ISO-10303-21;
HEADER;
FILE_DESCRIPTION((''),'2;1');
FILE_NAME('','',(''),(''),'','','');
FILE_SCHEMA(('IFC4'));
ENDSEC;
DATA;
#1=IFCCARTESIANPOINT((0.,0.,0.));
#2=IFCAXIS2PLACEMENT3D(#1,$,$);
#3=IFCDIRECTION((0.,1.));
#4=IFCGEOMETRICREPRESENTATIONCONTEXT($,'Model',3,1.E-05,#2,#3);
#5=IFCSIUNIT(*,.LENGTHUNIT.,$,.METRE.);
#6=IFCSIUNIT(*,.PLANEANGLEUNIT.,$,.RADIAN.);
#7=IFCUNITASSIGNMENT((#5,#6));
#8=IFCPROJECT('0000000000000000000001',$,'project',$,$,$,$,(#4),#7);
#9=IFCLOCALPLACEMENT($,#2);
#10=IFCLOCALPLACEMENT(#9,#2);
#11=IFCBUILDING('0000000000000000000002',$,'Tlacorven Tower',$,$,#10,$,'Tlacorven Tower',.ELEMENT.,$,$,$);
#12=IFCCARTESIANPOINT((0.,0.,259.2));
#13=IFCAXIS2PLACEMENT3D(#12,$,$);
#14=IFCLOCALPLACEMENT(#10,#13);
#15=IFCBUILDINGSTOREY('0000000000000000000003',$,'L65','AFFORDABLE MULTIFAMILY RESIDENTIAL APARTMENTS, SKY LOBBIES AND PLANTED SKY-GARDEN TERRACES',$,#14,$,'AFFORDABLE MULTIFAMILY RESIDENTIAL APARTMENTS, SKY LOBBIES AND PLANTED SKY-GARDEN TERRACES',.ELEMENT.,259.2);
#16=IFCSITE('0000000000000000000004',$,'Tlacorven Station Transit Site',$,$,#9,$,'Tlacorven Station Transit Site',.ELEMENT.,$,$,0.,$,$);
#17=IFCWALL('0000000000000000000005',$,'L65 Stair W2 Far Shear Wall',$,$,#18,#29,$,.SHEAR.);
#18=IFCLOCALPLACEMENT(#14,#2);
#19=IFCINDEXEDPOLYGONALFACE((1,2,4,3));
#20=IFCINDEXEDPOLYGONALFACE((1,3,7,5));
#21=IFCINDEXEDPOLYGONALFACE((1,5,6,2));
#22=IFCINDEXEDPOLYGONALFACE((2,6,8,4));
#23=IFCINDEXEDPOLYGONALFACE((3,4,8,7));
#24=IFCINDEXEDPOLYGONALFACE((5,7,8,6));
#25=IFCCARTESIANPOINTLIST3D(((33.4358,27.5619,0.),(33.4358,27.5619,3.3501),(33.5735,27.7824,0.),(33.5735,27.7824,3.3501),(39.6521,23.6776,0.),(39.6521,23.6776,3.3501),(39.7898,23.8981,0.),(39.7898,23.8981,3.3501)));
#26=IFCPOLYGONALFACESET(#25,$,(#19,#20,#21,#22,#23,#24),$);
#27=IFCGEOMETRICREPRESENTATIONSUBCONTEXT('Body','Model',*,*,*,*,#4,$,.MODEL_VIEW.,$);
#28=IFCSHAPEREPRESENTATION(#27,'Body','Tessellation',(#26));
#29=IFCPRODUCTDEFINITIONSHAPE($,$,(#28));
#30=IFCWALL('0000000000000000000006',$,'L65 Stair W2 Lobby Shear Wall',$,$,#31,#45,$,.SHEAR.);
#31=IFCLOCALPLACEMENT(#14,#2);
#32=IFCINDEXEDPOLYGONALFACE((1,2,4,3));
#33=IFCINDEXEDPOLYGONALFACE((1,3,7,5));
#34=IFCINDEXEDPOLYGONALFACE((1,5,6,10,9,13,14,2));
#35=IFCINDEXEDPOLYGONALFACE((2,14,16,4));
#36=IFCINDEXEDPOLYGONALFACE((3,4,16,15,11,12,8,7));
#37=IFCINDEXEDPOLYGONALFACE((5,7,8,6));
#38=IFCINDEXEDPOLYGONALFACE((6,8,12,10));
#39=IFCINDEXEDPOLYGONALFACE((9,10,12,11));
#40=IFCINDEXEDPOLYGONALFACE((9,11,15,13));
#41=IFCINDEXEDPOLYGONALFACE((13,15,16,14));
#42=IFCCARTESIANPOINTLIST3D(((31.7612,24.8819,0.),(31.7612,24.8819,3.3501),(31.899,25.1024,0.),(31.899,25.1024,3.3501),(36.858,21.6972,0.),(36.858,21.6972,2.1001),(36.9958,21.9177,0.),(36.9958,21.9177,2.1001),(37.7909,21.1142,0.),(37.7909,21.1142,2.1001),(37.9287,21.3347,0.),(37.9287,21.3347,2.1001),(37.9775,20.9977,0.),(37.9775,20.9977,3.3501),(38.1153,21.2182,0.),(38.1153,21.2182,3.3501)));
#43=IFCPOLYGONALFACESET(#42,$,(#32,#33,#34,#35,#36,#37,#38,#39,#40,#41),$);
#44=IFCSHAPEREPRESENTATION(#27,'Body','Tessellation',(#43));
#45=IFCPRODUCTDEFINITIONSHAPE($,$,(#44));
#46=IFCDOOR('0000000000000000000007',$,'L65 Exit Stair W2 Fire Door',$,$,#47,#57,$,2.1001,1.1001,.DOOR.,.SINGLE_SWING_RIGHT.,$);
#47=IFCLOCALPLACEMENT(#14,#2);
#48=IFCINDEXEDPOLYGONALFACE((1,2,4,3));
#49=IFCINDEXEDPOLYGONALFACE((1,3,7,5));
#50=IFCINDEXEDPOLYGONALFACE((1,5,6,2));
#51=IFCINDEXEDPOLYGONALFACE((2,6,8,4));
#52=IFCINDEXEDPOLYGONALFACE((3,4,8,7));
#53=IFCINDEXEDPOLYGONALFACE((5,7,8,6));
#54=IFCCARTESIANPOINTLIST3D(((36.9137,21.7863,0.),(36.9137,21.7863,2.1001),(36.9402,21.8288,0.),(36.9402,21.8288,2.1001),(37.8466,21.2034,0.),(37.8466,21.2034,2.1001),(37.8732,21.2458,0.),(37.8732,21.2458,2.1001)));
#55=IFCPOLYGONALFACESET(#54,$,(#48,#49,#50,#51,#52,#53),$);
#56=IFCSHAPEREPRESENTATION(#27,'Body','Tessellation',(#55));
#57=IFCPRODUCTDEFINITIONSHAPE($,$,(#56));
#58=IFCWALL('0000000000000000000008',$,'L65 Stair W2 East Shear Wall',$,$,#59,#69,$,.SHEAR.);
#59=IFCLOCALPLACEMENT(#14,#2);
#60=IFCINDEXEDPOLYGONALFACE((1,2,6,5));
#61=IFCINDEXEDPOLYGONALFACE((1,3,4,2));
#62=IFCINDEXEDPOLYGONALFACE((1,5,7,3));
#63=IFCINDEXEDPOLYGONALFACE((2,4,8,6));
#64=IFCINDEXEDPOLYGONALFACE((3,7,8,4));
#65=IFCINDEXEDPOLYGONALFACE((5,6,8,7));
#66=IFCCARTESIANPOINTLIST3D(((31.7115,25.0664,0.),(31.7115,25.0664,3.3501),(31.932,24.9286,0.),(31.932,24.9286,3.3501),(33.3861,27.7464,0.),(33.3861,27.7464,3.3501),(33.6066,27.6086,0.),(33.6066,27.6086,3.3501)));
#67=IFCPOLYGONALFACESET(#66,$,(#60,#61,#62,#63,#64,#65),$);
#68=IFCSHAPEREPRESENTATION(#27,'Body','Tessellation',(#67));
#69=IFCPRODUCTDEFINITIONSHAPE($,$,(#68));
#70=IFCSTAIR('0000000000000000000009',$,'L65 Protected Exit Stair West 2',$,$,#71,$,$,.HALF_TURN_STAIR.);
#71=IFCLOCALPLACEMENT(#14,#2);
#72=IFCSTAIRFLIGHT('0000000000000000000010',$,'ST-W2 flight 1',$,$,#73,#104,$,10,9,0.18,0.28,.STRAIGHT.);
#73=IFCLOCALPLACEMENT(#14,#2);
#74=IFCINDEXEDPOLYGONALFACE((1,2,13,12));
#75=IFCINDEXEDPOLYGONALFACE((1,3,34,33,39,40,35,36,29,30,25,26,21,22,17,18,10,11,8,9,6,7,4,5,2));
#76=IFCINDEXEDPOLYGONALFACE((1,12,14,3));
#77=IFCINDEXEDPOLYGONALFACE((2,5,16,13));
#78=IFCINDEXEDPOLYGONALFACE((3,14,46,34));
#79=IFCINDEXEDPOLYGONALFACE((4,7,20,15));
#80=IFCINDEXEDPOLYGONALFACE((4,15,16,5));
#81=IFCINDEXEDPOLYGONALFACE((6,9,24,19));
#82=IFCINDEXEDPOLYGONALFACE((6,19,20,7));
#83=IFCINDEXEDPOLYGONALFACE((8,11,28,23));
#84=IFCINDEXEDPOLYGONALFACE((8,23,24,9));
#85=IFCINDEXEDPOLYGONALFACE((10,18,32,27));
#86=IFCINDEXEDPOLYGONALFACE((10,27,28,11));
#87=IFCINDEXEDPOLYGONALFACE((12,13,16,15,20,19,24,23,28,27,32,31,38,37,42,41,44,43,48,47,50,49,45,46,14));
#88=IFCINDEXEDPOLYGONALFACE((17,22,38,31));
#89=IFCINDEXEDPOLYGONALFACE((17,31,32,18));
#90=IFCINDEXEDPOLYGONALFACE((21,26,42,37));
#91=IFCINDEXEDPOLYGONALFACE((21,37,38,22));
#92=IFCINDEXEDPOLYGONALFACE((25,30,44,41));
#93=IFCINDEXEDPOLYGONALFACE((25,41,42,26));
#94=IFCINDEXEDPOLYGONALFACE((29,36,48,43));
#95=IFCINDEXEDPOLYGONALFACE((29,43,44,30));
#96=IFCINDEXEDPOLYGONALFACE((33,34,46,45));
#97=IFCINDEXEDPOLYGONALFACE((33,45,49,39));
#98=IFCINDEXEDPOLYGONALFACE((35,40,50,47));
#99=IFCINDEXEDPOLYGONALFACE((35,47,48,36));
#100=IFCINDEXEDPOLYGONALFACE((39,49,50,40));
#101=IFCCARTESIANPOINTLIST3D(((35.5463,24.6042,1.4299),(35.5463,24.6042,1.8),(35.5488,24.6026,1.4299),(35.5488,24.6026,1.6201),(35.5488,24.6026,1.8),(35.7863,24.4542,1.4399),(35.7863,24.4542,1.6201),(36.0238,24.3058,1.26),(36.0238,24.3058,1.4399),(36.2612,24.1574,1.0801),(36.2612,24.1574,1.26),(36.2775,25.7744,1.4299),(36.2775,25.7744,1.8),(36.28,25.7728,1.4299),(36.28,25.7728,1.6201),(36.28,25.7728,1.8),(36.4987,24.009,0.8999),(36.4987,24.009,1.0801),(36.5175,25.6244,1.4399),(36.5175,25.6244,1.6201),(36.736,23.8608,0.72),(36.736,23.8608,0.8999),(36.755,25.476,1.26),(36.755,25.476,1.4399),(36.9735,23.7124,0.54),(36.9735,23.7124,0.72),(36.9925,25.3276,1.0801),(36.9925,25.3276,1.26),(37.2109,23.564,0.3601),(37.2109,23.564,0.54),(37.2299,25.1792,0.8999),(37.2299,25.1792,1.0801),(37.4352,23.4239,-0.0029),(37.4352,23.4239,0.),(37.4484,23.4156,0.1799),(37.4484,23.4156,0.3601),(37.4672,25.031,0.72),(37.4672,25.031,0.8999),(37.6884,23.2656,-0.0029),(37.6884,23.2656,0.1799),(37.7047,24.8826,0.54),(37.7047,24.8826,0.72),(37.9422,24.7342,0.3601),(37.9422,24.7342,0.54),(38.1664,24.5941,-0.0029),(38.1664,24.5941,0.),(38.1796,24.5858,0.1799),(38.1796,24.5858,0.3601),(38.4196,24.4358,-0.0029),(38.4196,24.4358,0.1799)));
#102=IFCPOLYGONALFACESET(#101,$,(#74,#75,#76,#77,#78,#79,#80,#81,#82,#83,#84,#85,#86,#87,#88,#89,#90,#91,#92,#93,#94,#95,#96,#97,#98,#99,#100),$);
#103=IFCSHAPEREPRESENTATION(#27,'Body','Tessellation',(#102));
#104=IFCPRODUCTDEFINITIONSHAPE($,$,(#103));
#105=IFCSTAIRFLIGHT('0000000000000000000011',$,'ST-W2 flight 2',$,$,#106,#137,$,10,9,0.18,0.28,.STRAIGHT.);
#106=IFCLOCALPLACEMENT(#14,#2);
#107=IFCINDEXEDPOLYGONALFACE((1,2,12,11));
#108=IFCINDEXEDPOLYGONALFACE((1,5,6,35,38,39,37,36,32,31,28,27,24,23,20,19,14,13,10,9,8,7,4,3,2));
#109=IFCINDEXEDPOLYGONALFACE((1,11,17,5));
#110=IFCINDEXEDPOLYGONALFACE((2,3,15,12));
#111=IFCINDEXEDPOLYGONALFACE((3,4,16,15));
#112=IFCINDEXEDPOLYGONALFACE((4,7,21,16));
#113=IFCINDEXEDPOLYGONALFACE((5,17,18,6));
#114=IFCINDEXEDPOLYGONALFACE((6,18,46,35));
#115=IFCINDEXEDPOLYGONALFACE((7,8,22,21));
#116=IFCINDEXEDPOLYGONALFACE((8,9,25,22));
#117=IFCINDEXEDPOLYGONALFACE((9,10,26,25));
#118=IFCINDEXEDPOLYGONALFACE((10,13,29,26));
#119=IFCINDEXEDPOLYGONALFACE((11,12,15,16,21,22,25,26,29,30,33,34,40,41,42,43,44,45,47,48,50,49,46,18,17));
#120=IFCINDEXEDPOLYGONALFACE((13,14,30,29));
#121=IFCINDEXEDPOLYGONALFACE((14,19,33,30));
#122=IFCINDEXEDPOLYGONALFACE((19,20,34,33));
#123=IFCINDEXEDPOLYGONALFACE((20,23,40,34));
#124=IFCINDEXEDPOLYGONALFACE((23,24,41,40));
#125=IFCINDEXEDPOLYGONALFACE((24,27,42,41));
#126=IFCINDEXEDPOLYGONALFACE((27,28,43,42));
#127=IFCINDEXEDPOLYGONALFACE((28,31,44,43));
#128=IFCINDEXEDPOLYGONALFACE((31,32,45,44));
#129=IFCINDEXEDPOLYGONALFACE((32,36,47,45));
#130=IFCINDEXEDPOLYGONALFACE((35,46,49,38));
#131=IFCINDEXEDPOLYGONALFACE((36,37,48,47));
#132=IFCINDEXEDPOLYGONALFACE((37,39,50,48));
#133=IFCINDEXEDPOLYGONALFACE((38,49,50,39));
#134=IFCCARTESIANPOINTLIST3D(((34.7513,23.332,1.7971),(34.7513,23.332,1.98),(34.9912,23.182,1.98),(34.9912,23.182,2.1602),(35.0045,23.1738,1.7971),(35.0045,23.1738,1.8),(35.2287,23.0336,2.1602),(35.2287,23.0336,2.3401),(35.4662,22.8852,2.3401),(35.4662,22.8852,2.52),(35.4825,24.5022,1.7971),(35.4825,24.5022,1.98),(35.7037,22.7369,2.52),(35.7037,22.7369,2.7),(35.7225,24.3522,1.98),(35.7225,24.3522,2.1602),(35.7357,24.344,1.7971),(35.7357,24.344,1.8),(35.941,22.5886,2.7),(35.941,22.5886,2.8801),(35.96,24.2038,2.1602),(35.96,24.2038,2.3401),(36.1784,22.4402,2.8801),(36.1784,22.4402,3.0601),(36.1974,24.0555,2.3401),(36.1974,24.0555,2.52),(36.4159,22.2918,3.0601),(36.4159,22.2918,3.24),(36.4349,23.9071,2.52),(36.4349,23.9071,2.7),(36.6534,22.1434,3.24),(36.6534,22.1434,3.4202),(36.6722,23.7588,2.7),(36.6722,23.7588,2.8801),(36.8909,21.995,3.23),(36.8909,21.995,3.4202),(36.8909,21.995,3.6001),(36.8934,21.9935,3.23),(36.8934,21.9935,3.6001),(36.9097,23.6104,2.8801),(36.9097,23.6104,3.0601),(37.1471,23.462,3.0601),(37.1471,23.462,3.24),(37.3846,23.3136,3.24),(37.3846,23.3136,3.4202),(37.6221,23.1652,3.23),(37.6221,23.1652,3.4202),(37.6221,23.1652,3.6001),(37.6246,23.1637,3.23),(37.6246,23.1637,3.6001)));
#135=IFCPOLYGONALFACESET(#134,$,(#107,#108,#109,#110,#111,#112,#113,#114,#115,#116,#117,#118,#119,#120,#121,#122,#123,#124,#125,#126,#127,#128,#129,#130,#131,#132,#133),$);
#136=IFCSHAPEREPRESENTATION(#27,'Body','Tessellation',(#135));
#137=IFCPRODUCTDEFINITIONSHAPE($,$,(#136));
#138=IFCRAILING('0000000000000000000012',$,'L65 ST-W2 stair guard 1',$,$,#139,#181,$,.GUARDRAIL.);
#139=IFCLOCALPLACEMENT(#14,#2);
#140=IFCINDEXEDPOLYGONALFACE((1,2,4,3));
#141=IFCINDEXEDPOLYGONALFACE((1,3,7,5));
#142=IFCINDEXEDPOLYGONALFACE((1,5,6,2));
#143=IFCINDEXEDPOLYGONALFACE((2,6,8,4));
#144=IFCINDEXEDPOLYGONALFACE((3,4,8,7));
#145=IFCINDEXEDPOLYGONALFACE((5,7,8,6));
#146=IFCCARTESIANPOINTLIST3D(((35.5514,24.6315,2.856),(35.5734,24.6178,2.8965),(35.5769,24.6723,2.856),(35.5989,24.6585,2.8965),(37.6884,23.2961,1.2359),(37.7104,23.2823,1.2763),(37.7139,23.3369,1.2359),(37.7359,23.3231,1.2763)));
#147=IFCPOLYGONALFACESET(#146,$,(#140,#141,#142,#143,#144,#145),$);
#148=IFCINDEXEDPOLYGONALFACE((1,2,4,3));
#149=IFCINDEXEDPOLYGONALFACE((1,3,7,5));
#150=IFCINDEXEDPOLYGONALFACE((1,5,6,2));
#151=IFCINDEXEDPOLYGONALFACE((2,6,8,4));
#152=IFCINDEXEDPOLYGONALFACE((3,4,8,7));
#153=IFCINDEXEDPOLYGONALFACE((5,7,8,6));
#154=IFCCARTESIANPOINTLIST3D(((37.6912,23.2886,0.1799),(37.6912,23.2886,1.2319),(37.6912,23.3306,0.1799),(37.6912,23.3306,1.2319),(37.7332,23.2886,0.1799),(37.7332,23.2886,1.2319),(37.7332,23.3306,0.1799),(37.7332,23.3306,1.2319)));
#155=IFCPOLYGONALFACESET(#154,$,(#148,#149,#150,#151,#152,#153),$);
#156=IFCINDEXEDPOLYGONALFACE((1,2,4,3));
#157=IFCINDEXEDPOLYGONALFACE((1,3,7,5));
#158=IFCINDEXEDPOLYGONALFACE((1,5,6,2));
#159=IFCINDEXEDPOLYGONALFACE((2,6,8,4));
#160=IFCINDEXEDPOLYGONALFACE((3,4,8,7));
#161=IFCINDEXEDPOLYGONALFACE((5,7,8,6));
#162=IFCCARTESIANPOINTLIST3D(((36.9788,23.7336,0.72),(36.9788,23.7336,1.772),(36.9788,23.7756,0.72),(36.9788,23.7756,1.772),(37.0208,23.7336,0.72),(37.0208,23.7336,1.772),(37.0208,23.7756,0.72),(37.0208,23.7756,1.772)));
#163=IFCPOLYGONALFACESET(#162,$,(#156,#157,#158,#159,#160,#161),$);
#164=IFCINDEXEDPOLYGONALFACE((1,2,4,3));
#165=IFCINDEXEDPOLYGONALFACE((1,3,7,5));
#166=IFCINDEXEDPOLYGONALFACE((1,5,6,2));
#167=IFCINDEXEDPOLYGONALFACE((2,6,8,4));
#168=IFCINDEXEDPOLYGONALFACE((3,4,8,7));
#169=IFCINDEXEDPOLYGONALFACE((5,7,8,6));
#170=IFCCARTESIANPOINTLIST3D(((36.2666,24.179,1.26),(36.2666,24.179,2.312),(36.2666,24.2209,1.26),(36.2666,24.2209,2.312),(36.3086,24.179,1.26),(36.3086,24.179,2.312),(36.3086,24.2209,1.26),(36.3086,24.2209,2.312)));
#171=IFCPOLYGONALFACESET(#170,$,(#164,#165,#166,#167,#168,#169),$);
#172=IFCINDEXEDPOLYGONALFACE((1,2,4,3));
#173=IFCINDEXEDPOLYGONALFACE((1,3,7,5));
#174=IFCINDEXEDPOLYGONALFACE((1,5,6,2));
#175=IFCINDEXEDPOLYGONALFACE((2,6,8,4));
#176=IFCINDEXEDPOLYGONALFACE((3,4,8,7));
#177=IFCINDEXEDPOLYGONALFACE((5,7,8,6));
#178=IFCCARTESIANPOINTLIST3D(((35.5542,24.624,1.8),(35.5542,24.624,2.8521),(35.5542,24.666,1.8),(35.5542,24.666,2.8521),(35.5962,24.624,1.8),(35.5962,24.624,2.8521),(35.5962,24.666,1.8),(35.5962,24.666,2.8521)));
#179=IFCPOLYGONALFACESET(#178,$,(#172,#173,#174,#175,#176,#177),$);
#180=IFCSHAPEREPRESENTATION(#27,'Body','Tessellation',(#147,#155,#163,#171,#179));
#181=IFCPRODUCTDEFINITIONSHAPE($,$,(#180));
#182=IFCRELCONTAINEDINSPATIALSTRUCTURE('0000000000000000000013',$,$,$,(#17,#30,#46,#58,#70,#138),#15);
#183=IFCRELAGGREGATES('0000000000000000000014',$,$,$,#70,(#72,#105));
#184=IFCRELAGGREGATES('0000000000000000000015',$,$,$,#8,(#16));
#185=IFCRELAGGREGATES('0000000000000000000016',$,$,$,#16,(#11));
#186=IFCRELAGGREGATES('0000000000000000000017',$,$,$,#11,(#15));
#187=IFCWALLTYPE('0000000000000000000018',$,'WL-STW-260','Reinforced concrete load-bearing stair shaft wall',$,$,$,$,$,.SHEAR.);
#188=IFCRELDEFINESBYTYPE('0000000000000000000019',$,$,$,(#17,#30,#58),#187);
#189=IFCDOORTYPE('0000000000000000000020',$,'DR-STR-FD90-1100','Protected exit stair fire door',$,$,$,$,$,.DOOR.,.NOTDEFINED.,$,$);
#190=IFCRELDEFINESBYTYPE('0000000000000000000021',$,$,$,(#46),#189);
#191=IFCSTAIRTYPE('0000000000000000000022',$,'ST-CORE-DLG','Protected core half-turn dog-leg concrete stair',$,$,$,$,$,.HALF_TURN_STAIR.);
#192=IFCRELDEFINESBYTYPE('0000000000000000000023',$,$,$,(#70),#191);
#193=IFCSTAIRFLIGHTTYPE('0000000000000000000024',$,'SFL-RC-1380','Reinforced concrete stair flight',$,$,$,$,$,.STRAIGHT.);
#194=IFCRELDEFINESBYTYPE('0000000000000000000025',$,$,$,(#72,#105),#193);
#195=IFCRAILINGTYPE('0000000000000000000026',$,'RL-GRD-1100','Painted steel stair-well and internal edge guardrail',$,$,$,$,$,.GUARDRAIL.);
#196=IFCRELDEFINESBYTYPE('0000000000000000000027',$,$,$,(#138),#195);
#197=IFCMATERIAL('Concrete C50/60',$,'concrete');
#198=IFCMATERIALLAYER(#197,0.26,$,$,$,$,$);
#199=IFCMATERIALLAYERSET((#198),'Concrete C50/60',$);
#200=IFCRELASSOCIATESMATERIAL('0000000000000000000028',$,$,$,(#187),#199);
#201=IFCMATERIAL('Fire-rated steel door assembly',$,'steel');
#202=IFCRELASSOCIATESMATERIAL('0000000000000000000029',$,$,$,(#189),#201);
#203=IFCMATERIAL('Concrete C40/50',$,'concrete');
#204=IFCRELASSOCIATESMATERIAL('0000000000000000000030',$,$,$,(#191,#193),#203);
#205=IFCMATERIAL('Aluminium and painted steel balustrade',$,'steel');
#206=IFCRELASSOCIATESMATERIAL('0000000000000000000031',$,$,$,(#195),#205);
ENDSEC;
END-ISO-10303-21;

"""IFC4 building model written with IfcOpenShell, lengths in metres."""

from ifc_helpers import new_model, si_unit, direction, frame, frame_2d, origin, origin_2d, place, context, subcontext, project, spatial, polyline, rectangle, outline, extrude, source, transform, mapped, material, layer, layer_set, type_object, element, fill, aggregate, save


model = new_model("IFC4")

# Units and contexts
model_context = context("Model", 3, precision=1e-05, world=origin(), true_north=direction((0.0, 1.0)))
body_context = subcontext(model_context, "Body", "Model", "MODEL_VIEW")
ifc_project = project(units=[si_unit("LENGTHUNIT", "METRE"), si_unit("PLANEANGLEUNIT", "RADIAN")], contexts=[model_context])

# Site, building, storey
site_placement = place(None, origin())
site = spatial("IfcSite", under=ifc_project, at=site_placement, Name="Tlacorven Station Transit Site", LongName="Tlacorven Station Transit Site", CompositionType="ELEMENT", RefElevation=0.0)
building_placement = place(site_placement, origin())
building = spatial("IfcBuilding", under=site, at=building_placement, Name="Tlacorven Tower", LongName="Tlacorven Tower", CompositionType="ELEMENT")
storey_placement = place(building_placement, frame((0.0, 0.0, 259.2)))
storey = spatial("IfcBuildingStorey", under=building, at=storey_placement, Name="L65", Description="AFFORDABLE MULTIFAMILY RESIDENTIAL APARTMENTS, SKY LOBBIES AND PLANTED SKY-GARDEN TERRACES", LongName="AFFORDABLE MULTIFAMILY RESIDENTIAL APARTMENTS, SKY LOBBIES AND PLANTED SKY-GARDEN TERRACES", CompositionType="ELEMENT", Elevation=259.2)

# Shared definitions
ifc_material_1 = material(Name="Concrete C50/60", Category="concrete")
ifc_material_2 = material(Name="Concrete C40/50", Category="concrete")

# Shared definitions
ifc_material_3 = material(Name="Fire-rated steel door assembly", Category="steel")

# Wall
ifc_layer_1 = layer(ifc_material_1, 0.26)
ifc_layer_set_1 = layer_set([ifc_layer_1], Name="Concrete C50/60")
wall_type_1 = type_object("IfcWallType", Name="WL-STW-260", Description="Reinforced concrete load-bearing stair shaft wall", PredefinedType="SHEAR", material=ifc_layer_set_1)
wall_1_placement = place(storey_placement, frame((39.7209, 23.7878, 0.0), z_axis=(0.0, 0.0, 1.0), x_axis=(-0.848054, 0.529909, 0.0)))
element("IfcWall", 1, at=wall_1_placement, inside=storey, type_object=wall_type_1, Name="L65 Stair W2 Far Shear Wall", PredefinedType="SHEAR", context=body_context, shape_type="SweptSolid", body=[
    extrude(rectangle(XDim=7.3301, YDim=0.26, at=frame_2d((3.665, 0.0))), origin(), (0.0, 0.0, 1.0), 3.3501),
])

# Wall, opening, door
wall_2_placement = place(storey_placement, frame((38.0464, 21.1079, 0.0), z_axis=(0.0, 0.0, 1.0), x_axis=(-0.848054, 0.529909, 0.0)))
wall_2 = element("IfcWall", 2, at=wall_2_placement, inside=storey, type_object=wall_type_1, Name="L65 Stair W2 Lobby Shear Wall", PredefinedType="SHEAR", context=body_context, shape_type="SweptSolid", body=[
    extrude(rectangle(XDim=7.3301, YDim=0.26, at=frame_2d((3.665, 0.0))), origin(), (0.0, 0.0, 1.0), 3.3501),
])
opening_1_placement = place(wall_2_placement, frame((0.22, 0.0, 0.0)))
opening_1 = element("IfcOpeningElement", 3, at=opening_1_placement, cuts=wall_2, PredefinedType="OPENING", context=body_context, shape_type="SweptSolid", body=[
    extrude(rectangle(XDim=1.1001, YDim=2.1001, at=frame_2d((0.55, 1.05))), frame((0.0, 0.1401, 0.0), z_axis=(0.0, -1.0, 0.0), x_axis=(1.0, 0.0, 0.0)), (0.0, 0.0, 1.0), 0.28),
])
door_type_1 = type_object("IfcDoorType", Name="DR-STR-FD90-1100", Description="Protected exit stair fire door", OperationType="NOTDEFINED", PredefinedType="DOOR", material=ifc_material_3)
shared_shape_1 = source(origin(), body_context, "Body", "SweptSolid", [
    extrude(rectangle(XDim=1.1001, YDim=2.1001, at=frame_2d((0.55, 1.05))), frame((0.0, 0.0249, 0.0), z_axis=(0.0, -1.0, 0.0), x_axis=(1.0, 0.0, 0.0)), (0.0, 0.0, 1.0), 0.05),
])
door_1_placement = place(opening_1_placement, origin())
door_1 = element("IfcDoor", 4, at=door_1_placement, inside=storey, type_object=door_type_1, Name="L65 Exit Stair W2 Fire Door", OperationType="SINGLE_SWING_RIGHT", OverallHeight=2.1001, OverallWidth=1.1001, PredefinedType="DOOR", context=body_context, shape_type="MappedRepresentation", body=[
    mapped(shared_shape_1, transform((0.0, 0.0, 0.0), scale=1.0)),
])
fill(opening_1, door_1)

# Wall
wall_3_placement = place(storey_placement, frame((33.4963, 27.6775, 0.0), z_axis=(0.0, 0.0, 1.0), x_axis=(-0.529909, -0.848055, 0.0)))
element("IfcWall", 5, at=wall_3_placement, inside=storey, type_object=wall_type_1, Name="L65 Stair W2 East Shear Wall", PredefinedType="SHEAR", context=body_context, shape_type="SweptSolid", body=[
    extrude(rectangle(XDim=3.1602, YDim=0.26, at=frame_2d((1.5801, 0.0))), origin(), (0.0, 0.0, 1.0), 3.3501),
])

# Stair, stair flights
stair_type = type_object("IfcStairType", Name="ST-CORE-DLG", Description="Protected core half-turn dog-leg concrete stair", PredefinedType="HALF_TURN_STAIR", material=ifc_material_2)
stair_placement = place(storey_placement, origin())
stair = element("IfcStair", 6, at=stair_placement, inside=storey, type_object=stair_type, Name="L65 Protected Exit Stair West 2", PredefinedType="HALF_TURN_STAIR")
stair_flight_type = type_object("IfcStairFlightType", Name="SFL-RC-1380", Description="Reinforced concrete stair flight", PredefinedType="STRAIGHT", material=ifc_material_2)
shared_shape_2 = source(origin(), body_context, "Body", "SweptSolid", [
    extrude(outline(polyline([(-0.0029, -0.0029), (-0.0029, 0.1799), (0.28, 0.1799), (0.28, 0.3601), (0.5601, 0.3601), (0.5601, 0.54), (0.8401, 0.54), (0.8401, 0.72), (1.1201, 0.72), (1.1201, 0.8999), (1.3999, 0.8999), (1.3999, 1.0801), (1.6799, 1.0801), (1.6799, 1.26), (1.96, 1.26), (1.96, 1.4399), (2.24, 1.4399), (2.24, 1.6201), (2.52, 1.6201), (2.52, 1.8), (2.5229, 1.8), (2.5229, 1.4299), (2.52, 1.4299), (0.2957, 0.0), (0.2957, -0.0029), (-0.0029, -0.0029)])), frame((0.0, 0.6899, 0.0), z_axis=(0.0, -1.0, 0.0), x_axis=(1.0, 0.0, 0.0)), (0.0, 0.0, 1.0), 1.3799),
])
stair_flight_1_placement = place(storey_placement, frame((38.0515, 23.8523, 0.0), z_axis=(0.0, 0.0, 1.0), x_axis=(-0.848048, 0.529919, 0.0)))
stair_flight_1 = element("IfcStairFlight", 7, at=stair_flight_1_placement, type_object=stair_flight_type, Name="ST-W2 flight 1", NumberOfRisers=10, NumberOfTreads=9, PredefinedType="STRAIGHT", RiserHeight=0.18, TreadLength=0.28, context=body_context, shape_type="MappedRepresentation", body=[
    mapped(shared_shape_2, transform((0.0, 0.0, 0.0), scale=1.0)),
])
stair_flight_2_placement = place(storey_placement, frame((35.1194, 23.9155, 1.8), z_axis=(0.0, 0.0, 1.0), x_axis=(0.848048, -0.529919, 0.0)))
stair_flight_2 = element("IfcStairFlight", 8, at=stair_flight_2_placement, type_object=stair_flight_type, Name="ST-W2 flight 2", NumberOfRisers=10, NumberOfTreads=9, PredefinedType="STRAIGHT", RiserHeight=0.18, TreadLength=0.28, context=body_context, shape_type="MappedRepresentation", body=[
    mapped(shared_shape_2, transform((0.0, 0.0, 0.0), scale=1.0)),
])
aggregate(stair, [stair_flight_1, stair_flight_2])

# Railing
ifc_material_4 = material(Name="Aluminium and painted steel balustrade", Category="steel")
railing_type_1 = type_object("IfcRailingType", Name="RL-GRD-1100", Description="Painted steel stair-well and internal edge guardrail", PredefinedType="GUARDRAIL", material=ifc_material_4)
shared_shape_3 = source(origin(), body_context, "Body", "SweptSolid", [
    extrude(rectangle(XDim=0.0481, YDim=0.0481, at=origin_2d()), frame((0.0, 0.0, 1.0762), z_axis=(-0.71332, 0.445774, 0.540796), x_axis=(-0.529955, -0.848026, 0.0)), (0.0, 0.0, 1.0), 2.9958),
    extrude(rectangle(XDim=0.042, YDim=0.042, at=origin_2d()), origin(), (0.0, 0.0, 1.0), 1.052),
    extrude(rectangle(XDim=0.042, YDim=0.042, at=origin_2d()), frame((-0.7124, 0.4451, 0.54)), (0.0, 0.0, 1.0), 1.052),
    extrude(rectangle(XDim=0.042, YDim=0.042, at=origin_2d()), frame((-1.4246, 0.8904, 1.0801)), (0.0, 0.0, 1.0), 1.052),
    extrude(rectangle(XDim=0.042, YDim=0.042, at=origin_2d()), frame((-2.137, 1.3354, 1.6201)), (0.0, 0.0, 1.0), 1.052),
])
railing_1_placement = place(storey_placement, frame((37.7122, 23.3096, 0.1799)))
element("IfcRailing", 9, at=railing_1_placement, inside=storey, type_object=railing_type_1, Name="L65 ST-W2 stair guard 1", PredefinedType="GUARDRAIL", context=body_context, shape_type="MappedRepresentation", body=[
    mapped(shared_shape_3, transform((0.0, 0.0, 0.0), scale=1.0)),
])

save(model, "model.ifc")
